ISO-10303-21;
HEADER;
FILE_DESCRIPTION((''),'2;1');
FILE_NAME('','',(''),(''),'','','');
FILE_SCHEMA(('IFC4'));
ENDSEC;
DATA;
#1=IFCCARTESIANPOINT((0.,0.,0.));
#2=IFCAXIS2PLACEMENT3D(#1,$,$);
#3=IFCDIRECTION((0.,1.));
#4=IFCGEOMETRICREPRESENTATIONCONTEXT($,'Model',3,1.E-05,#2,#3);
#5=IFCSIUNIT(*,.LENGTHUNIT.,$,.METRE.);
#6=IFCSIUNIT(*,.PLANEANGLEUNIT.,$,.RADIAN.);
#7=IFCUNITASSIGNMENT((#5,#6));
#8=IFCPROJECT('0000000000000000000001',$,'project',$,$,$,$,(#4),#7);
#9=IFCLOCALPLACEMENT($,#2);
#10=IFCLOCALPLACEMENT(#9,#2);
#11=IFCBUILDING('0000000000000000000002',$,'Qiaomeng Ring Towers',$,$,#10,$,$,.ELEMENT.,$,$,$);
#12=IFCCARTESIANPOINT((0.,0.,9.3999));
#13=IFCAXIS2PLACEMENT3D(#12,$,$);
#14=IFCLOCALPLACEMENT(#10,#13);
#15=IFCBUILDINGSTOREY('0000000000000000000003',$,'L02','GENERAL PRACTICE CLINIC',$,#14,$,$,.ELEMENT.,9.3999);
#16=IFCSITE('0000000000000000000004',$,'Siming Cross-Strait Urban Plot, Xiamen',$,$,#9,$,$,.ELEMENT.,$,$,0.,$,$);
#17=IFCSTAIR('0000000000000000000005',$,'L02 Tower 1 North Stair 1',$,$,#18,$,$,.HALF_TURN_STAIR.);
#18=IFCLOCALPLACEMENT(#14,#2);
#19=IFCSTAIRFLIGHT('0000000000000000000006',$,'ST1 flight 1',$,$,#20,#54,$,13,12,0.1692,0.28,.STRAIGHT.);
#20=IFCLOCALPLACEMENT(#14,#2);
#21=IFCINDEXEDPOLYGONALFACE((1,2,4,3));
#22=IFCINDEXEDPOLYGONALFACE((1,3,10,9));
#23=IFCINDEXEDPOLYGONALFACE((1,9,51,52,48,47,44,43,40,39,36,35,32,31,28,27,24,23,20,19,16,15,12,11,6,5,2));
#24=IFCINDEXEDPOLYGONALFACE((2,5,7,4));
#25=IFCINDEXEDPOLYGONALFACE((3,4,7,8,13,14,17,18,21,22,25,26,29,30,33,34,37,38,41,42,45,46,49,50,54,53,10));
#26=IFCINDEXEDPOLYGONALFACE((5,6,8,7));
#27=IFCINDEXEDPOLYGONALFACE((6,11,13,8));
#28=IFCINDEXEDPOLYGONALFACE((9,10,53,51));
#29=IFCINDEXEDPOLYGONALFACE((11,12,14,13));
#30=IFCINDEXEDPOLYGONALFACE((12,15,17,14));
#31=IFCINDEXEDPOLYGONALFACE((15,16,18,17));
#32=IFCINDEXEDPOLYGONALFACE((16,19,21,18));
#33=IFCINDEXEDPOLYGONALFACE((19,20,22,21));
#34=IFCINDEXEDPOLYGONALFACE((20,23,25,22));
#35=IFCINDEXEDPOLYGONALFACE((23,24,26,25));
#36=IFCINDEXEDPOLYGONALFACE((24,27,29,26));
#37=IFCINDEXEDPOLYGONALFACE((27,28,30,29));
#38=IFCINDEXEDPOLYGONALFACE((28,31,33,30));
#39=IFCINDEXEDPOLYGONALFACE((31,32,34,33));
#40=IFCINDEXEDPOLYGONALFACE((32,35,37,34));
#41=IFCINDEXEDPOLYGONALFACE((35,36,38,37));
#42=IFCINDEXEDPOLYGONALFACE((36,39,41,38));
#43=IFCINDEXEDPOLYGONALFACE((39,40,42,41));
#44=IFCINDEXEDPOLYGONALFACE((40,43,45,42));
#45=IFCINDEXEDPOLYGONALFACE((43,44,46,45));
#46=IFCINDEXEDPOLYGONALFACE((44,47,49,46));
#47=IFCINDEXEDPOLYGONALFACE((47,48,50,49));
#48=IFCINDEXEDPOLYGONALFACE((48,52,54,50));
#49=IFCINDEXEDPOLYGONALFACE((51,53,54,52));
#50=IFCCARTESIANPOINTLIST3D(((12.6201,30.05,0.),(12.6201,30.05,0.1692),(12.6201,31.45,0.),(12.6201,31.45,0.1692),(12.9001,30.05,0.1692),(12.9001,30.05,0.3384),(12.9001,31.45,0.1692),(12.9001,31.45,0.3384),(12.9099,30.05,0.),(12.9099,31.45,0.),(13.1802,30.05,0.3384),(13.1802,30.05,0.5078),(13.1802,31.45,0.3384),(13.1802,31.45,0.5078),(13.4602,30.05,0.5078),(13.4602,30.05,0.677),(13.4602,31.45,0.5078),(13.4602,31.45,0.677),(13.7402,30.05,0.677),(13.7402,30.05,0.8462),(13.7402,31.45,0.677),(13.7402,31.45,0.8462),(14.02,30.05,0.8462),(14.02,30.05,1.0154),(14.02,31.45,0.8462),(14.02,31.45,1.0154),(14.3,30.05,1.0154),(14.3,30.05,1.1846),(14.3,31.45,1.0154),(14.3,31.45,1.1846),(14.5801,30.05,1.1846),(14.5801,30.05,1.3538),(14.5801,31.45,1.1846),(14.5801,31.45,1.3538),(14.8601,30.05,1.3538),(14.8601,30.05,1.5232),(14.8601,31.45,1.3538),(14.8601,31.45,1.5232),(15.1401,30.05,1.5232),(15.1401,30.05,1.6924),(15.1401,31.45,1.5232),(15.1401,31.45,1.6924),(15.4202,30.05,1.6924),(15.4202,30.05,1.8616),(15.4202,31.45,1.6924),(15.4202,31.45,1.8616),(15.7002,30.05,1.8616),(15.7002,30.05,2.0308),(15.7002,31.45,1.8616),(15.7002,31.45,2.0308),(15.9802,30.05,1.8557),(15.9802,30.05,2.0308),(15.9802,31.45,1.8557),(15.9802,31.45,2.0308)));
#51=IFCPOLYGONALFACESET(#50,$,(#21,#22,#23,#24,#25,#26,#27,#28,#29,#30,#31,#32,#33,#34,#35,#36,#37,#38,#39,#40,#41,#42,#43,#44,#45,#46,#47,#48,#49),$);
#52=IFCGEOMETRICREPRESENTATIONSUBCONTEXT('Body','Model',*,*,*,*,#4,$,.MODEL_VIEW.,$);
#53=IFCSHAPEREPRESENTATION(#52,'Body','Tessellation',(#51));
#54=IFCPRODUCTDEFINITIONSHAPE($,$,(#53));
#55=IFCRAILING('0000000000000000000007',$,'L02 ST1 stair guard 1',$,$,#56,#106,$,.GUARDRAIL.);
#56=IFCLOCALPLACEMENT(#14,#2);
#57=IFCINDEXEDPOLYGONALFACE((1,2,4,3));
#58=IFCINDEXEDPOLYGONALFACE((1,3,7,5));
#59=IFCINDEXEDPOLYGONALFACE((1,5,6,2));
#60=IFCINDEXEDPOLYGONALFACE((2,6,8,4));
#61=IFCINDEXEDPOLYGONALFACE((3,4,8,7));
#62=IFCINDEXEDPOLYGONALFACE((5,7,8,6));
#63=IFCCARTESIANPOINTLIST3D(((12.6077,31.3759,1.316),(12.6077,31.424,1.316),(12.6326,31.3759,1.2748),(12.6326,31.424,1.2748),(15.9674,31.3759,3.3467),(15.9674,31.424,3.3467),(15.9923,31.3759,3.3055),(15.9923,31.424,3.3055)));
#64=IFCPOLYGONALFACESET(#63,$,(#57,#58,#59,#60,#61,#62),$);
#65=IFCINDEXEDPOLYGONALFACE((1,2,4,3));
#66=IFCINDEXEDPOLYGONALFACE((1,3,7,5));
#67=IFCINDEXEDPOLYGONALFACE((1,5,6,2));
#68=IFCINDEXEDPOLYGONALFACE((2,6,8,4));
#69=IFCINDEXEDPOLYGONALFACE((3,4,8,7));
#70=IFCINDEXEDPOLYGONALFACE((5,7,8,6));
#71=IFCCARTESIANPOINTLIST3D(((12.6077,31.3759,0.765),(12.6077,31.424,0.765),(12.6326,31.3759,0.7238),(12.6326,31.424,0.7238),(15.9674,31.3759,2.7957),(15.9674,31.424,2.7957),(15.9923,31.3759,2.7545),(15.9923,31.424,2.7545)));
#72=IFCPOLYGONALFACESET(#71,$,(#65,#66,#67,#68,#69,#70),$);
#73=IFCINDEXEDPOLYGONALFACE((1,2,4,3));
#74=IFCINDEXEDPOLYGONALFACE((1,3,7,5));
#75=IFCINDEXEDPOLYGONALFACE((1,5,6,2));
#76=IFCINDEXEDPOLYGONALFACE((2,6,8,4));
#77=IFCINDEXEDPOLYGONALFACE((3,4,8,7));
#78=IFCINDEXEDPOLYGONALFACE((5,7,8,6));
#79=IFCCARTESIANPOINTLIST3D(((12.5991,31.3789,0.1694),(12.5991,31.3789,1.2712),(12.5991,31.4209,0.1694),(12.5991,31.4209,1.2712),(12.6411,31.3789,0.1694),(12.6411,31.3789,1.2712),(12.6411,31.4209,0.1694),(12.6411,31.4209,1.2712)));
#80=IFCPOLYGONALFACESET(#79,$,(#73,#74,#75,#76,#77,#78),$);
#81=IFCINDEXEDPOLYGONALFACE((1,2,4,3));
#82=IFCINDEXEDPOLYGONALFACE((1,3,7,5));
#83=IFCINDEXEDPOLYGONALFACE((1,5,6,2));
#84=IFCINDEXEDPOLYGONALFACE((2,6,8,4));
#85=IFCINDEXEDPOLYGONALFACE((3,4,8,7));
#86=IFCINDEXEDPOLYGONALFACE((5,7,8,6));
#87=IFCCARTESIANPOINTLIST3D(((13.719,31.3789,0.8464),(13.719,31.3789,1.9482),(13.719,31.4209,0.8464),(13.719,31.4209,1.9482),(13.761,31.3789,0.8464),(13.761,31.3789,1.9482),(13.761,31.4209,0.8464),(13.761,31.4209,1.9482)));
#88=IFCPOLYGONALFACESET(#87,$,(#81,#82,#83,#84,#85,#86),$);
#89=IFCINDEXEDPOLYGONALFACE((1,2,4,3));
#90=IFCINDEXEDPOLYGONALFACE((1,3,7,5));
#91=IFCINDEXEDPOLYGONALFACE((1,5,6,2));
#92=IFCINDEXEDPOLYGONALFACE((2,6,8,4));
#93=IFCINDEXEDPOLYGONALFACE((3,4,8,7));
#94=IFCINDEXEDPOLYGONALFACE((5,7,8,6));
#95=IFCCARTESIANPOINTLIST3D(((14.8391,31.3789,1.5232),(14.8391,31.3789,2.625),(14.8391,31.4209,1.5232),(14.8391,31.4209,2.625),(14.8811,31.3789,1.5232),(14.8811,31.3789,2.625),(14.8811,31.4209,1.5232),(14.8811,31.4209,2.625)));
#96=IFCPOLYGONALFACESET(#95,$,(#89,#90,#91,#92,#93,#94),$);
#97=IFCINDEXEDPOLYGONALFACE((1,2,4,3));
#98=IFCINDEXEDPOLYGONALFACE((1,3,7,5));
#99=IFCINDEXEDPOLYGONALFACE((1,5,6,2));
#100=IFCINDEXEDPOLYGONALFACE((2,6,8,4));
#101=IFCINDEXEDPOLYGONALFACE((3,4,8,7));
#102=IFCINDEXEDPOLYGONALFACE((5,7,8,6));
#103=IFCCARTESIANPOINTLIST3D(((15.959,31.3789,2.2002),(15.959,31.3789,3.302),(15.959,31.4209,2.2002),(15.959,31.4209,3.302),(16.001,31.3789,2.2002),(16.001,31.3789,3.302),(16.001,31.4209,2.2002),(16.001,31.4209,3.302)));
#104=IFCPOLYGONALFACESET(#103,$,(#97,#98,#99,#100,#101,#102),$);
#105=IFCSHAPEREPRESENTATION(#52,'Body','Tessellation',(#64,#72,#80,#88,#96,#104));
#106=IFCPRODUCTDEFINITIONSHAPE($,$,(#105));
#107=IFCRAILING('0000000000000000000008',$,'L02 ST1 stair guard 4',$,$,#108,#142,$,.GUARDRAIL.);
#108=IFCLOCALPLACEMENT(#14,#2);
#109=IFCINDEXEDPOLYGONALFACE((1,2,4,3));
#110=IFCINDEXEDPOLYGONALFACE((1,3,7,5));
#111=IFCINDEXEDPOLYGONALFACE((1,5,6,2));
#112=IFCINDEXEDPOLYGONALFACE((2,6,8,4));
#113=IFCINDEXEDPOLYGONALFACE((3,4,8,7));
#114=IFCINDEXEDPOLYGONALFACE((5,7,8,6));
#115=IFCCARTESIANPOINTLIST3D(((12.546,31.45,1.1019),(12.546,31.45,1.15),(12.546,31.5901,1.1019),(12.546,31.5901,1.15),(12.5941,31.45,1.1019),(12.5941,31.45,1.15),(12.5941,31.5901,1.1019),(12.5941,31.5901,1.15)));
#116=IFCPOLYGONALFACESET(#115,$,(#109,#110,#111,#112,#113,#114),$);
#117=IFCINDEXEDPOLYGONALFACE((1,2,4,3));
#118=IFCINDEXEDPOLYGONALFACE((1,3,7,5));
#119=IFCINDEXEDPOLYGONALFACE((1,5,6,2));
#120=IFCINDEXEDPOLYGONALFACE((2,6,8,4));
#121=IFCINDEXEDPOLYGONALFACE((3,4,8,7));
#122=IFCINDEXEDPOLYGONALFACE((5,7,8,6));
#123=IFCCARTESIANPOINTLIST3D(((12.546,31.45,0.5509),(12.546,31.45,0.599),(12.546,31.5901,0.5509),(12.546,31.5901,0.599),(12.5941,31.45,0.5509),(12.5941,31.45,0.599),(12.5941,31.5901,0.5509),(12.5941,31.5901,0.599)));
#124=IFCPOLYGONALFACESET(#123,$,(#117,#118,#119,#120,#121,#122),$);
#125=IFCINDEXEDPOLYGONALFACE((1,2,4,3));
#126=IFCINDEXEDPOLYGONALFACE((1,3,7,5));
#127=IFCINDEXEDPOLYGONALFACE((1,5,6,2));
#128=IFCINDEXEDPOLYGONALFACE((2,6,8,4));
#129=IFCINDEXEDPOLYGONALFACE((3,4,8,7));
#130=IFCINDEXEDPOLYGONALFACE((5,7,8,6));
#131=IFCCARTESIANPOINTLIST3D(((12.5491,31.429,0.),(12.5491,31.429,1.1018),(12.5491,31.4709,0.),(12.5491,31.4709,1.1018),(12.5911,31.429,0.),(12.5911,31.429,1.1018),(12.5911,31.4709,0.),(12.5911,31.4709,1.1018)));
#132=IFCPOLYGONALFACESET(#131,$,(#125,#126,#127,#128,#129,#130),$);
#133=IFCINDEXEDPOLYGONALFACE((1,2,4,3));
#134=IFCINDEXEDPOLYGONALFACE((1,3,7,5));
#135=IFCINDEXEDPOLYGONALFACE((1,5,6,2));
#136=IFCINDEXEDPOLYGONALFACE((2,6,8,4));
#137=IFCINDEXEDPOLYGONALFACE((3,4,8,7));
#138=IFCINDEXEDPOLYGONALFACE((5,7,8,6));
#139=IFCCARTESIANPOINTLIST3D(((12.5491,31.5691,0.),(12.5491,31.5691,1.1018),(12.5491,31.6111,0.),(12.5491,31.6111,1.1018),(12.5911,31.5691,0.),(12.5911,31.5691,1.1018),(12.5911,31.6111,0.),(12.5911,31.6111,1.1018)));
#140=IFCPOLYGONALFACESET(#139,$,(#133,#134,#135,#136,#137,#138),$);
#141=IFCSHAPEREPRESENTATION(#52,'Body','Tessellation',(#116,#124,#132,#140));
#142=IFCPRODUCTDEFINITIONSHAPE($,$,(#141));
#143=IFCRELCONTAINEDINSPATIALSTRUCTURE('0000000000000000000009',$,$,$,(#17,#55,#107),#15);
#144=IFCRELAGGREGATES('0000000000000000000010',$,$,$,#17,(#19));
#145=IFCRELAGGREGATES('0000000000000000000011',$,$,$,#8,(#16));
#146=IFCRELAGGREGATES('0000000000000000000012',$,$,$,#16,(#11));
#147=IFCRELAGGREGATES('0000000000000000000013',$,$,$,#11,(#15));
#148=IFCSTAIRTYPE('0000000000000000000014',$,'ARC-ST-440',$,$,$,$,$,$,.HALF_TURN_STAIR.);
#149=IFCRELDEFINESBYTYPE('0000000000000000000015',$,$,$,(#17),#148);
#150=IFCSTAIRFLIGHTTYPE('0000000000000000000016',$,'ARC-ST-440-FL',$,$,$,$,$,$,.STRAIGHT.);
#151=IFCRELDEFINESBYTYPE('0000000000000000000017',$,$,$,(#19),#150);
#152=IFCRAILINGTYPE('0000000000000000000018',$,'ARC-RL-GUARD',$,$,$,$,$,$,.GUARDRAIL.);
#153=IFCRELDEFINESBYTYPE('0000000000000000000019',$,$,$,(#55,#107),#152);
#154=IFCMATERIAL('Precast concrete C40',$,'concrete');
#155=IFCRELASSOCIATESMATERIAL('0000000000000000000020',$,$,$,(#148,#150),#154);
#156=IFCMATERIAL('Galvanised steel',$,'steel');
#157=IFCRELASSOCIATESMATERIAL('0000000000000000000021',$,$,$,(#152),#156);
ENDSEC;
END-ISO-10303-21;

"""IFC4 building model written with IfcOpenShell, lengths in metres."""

from ifc_helpers import new_model, si_unit, direction, frame, origin, origin_2d, place, context, subcontext, project, spatial, polyline, rectangle, outline, extrude, source, transform, mapped, material, type_object, element, aggregate, save


model = new_model("IFC4")

# Units and contexts
model_context = context("Model", 3, precision=1e-05, world=origin(), true_north=direction((0.0, 1.0)))
body_context = subcontext(model_context, "Body", "Model", "MODEL_VIEW")
ifc_project = project(units=[si_unit("LENGTHUNIT", "METRE"), si_unit("PLANEANGLEUNIT", "RADIAN")], contexts=[model_context])

# Site, building, storey
site_placement = place(None, origin())
site = spatial("IfcSite", under=ifc_project, at=site_placement, Name="Siming Cross-Strait Urban Plot, Xiamen", CompositionType="ELEMENT", RefElevation=0.0)
building_placement = place(site_placement, origin())
building = spatial("IfcBuilding", under=site, at=building_placement, Name="Qiaomeng Ring Towers", CompositionType="ELEMENT")
storey_placement = place(building_placement, frame((0.0, 0.0, 9.3999)))
storey = spatial("IfcBuildingStorey", under=building, at=storey_placement, Name="L02", Description="GENERAL PRACTICE CLINIC", CompositionType="ELEMENT", Elevation=9.3999)

# Shared definitions
ifc_material_1 = material(Name="Precast concrete C40", Category="concrete")

# Shared definitions
ifc_material_2 = material(Name="Galvanised steel", Category="steel")

# Stair, stair flight
stair_type = type_object("IfcStairType", Name="ARC-ST-440", PredefinedType="HALF_TURN_STAIR", material=ifc_material_1)
stair_placement = place(storey_placement, origin())
stair = element("IfcStair", 1, at=stair_placement, inside=storey, type_object=stair_type, Name="L02 Tower 1 North Stair 1", PredefinedType="HALF_TURN_STAIR")
stair_flight_type = type_object("IfcStairFlightType", Name="ARC-ST-440-FL", PredefinedType="STRAIGHT", material=ifc_material_1)
shared_shape_1 = source(origin(), body_context, "Body", "SweptSolid", [
    extrude(outline(polyline([(0.0, 0.0), (0.0, 0.1692), (0.28, 0.1692), (0.28, 0.3384), (0.5601, 0.3384), (0.5601, 0.5078), (0.8401, 0.5078), (0.8401, 0.677), (1.1201, 0.677), (1.1201, 0.8462), (1.3999, 0.8462), (1.3999, 1.0154), (1.6799, 1.0154), (1.6799, 1.1846), (1.96, 1.1846), (1.96, 1.3538), (2.24, 1.3538), (2.24, 1.5232), (2.52, 1.5232), (2.52, 1.6924), (2.8, 1.6924), (2.8, 1.8616), (3.0801, 1.8616), (3.0801, 2.0308), (3.3601, 2.0308), (3.3601, 2.2), (3.3601, 1.8557), (0.2898, 0.0), (0.0, 0.0)])), frame((0.0, 0.7, 0.0), z_axis=(0.0, -1.0, 0.0), x_axis=(1.0, 0.0, 0.0)), (0.0, 0.0, 1.0), 1.3999),
])
stair_flight_placement = place(storey_placement, frame((12.6201, 30.75, 0.0), z_axis=(0.0, 0.0, 1.0), x_axis=(1.0, 0.0, 0.0)))
stair_flight = element("IfcStairFlight", 2, at=stair_flight_placement, type_object=stair_flight_type, Name="ST1 flight 1", NumberOfRisers=13, NumberOfTreads=12, PredefinedType="STRAIGHT", RiserHeight=0.1692, TreadLength=0.28, context=body_context, shape_type="MappedRepresentation", body=[
    mapped(shared_shape_1, transform((0.0, 0.0, 0.0), x_axis=(1.0, 0.0, 0.0), y_axis=(0.0, 1.0, 0.0), z_axis=(0.0, 0.0, 1.0), scale=1.0)),
])
aggregate(stair, [stair_flight])

# Railings
railing_type = type_object("IfcRailingType", Name="ARC-RL-GUARD", PredefinedType="GUARDRAIL", material=ifc_material_2)
railing_1_placement = place(storey_placement, frame((12.6201, 31.3999, 0.1694)))
element("IfcRailing", 3, at=railing_1_placement, inside=storey, type_object=railing_type, Name="L02 ST1 stair guard 1", PredefinedType="GUARDRAIL", context=body_context, shape_type="SweptSolid", body=[
    extrude(rectangle(XDim=0.0481, YDim=0.0481, at=origin_2d()), frame((0.0, 0.0, 1.126), z_axis=(0.85582, 0.0, 0.517273), x_axis=(0.0, 1.0, 0.0)), (0.0, 0.0, 1.0), 3.9258),
    extrude(rectangle(XDim=0.0481, YDim=0.0481, at=origin_2d()), frame((0.0, 0.0, 0.575), z_axis=(0.85582, 0.0, 0.517273), x_axis=(0.0, 1.0, 0.0)), (0.0, 0.0, 1.0), 3.9258),
    extrude(rectangle(XDim=0.042, YDim=0.042, at=origin_2d()), origin(), (0.0, 0.0, 1.0), 1.1018),
    extrude(rectangle(XDim=0.042, YDim=0.042, at=origin_2d()), frame((1.1199, 0.0, 0.677)), (0.0, 0.0, 1.0), 1.1018),
    extrude(rectangle(XDim=0.042, YDim=0.042, at=origin_2d()), frame((2.24, 0.0, 1.3538)), (0.0, 0.0, 1.0), 1.1018),
    extrude(rectangle(XDim=0.042, YDim=0.042, at=origin_2d()), frame((3.3599, 0.0, 2.0308)), (0.0, 0.0, 1.0), 1.1018),
])
railing_2_placement = place(storey_placement, frame((12.5701, 31.45, 0.0)))
element("IfcRailing", 4, at=railing_2_placement, inside=storey, type_object=railing_type, Name="L02 ST1 stair guard 4", PredefinedType="GUARDRAIL", context=body_context, shape_type="SweptSolid", body=[
    extrude(rectangle(XDim=0.0481, YDim=0.0481, at=origin_2d()), frame((0.0, 0.0, 1.126), z_axis=(0.0, 1.0, 0.0), x_axis=(-1.0, 0.0, 0.0)), (0.0, 0.0, 1.0), 0.1401),
    extrude(rectangle(XDim=0.0481, YDim=0.0481, at=origin_2d()), frame((0.0, 0.0, 0.575), z_axis=(0.0, 1.0, 0.0), x_axis=(-1.0, 0.0, 0.0)), (0.0, 0.0, 1.0), 0.1401),
    extrude(rectangle(XDim=0.042, YDim=0.042, at=origin_2d()), origin(), (0.0, 0.0, 1.0), 1.1018),
    extrude(rectangle(XDim=0.042, YDim=0.042, at=origin_2d()), frame((0.0, 0.1401, 0.0)), (0.0, 0.0, 1.0), 1.1018),
])

save(model, "model.ifc")
